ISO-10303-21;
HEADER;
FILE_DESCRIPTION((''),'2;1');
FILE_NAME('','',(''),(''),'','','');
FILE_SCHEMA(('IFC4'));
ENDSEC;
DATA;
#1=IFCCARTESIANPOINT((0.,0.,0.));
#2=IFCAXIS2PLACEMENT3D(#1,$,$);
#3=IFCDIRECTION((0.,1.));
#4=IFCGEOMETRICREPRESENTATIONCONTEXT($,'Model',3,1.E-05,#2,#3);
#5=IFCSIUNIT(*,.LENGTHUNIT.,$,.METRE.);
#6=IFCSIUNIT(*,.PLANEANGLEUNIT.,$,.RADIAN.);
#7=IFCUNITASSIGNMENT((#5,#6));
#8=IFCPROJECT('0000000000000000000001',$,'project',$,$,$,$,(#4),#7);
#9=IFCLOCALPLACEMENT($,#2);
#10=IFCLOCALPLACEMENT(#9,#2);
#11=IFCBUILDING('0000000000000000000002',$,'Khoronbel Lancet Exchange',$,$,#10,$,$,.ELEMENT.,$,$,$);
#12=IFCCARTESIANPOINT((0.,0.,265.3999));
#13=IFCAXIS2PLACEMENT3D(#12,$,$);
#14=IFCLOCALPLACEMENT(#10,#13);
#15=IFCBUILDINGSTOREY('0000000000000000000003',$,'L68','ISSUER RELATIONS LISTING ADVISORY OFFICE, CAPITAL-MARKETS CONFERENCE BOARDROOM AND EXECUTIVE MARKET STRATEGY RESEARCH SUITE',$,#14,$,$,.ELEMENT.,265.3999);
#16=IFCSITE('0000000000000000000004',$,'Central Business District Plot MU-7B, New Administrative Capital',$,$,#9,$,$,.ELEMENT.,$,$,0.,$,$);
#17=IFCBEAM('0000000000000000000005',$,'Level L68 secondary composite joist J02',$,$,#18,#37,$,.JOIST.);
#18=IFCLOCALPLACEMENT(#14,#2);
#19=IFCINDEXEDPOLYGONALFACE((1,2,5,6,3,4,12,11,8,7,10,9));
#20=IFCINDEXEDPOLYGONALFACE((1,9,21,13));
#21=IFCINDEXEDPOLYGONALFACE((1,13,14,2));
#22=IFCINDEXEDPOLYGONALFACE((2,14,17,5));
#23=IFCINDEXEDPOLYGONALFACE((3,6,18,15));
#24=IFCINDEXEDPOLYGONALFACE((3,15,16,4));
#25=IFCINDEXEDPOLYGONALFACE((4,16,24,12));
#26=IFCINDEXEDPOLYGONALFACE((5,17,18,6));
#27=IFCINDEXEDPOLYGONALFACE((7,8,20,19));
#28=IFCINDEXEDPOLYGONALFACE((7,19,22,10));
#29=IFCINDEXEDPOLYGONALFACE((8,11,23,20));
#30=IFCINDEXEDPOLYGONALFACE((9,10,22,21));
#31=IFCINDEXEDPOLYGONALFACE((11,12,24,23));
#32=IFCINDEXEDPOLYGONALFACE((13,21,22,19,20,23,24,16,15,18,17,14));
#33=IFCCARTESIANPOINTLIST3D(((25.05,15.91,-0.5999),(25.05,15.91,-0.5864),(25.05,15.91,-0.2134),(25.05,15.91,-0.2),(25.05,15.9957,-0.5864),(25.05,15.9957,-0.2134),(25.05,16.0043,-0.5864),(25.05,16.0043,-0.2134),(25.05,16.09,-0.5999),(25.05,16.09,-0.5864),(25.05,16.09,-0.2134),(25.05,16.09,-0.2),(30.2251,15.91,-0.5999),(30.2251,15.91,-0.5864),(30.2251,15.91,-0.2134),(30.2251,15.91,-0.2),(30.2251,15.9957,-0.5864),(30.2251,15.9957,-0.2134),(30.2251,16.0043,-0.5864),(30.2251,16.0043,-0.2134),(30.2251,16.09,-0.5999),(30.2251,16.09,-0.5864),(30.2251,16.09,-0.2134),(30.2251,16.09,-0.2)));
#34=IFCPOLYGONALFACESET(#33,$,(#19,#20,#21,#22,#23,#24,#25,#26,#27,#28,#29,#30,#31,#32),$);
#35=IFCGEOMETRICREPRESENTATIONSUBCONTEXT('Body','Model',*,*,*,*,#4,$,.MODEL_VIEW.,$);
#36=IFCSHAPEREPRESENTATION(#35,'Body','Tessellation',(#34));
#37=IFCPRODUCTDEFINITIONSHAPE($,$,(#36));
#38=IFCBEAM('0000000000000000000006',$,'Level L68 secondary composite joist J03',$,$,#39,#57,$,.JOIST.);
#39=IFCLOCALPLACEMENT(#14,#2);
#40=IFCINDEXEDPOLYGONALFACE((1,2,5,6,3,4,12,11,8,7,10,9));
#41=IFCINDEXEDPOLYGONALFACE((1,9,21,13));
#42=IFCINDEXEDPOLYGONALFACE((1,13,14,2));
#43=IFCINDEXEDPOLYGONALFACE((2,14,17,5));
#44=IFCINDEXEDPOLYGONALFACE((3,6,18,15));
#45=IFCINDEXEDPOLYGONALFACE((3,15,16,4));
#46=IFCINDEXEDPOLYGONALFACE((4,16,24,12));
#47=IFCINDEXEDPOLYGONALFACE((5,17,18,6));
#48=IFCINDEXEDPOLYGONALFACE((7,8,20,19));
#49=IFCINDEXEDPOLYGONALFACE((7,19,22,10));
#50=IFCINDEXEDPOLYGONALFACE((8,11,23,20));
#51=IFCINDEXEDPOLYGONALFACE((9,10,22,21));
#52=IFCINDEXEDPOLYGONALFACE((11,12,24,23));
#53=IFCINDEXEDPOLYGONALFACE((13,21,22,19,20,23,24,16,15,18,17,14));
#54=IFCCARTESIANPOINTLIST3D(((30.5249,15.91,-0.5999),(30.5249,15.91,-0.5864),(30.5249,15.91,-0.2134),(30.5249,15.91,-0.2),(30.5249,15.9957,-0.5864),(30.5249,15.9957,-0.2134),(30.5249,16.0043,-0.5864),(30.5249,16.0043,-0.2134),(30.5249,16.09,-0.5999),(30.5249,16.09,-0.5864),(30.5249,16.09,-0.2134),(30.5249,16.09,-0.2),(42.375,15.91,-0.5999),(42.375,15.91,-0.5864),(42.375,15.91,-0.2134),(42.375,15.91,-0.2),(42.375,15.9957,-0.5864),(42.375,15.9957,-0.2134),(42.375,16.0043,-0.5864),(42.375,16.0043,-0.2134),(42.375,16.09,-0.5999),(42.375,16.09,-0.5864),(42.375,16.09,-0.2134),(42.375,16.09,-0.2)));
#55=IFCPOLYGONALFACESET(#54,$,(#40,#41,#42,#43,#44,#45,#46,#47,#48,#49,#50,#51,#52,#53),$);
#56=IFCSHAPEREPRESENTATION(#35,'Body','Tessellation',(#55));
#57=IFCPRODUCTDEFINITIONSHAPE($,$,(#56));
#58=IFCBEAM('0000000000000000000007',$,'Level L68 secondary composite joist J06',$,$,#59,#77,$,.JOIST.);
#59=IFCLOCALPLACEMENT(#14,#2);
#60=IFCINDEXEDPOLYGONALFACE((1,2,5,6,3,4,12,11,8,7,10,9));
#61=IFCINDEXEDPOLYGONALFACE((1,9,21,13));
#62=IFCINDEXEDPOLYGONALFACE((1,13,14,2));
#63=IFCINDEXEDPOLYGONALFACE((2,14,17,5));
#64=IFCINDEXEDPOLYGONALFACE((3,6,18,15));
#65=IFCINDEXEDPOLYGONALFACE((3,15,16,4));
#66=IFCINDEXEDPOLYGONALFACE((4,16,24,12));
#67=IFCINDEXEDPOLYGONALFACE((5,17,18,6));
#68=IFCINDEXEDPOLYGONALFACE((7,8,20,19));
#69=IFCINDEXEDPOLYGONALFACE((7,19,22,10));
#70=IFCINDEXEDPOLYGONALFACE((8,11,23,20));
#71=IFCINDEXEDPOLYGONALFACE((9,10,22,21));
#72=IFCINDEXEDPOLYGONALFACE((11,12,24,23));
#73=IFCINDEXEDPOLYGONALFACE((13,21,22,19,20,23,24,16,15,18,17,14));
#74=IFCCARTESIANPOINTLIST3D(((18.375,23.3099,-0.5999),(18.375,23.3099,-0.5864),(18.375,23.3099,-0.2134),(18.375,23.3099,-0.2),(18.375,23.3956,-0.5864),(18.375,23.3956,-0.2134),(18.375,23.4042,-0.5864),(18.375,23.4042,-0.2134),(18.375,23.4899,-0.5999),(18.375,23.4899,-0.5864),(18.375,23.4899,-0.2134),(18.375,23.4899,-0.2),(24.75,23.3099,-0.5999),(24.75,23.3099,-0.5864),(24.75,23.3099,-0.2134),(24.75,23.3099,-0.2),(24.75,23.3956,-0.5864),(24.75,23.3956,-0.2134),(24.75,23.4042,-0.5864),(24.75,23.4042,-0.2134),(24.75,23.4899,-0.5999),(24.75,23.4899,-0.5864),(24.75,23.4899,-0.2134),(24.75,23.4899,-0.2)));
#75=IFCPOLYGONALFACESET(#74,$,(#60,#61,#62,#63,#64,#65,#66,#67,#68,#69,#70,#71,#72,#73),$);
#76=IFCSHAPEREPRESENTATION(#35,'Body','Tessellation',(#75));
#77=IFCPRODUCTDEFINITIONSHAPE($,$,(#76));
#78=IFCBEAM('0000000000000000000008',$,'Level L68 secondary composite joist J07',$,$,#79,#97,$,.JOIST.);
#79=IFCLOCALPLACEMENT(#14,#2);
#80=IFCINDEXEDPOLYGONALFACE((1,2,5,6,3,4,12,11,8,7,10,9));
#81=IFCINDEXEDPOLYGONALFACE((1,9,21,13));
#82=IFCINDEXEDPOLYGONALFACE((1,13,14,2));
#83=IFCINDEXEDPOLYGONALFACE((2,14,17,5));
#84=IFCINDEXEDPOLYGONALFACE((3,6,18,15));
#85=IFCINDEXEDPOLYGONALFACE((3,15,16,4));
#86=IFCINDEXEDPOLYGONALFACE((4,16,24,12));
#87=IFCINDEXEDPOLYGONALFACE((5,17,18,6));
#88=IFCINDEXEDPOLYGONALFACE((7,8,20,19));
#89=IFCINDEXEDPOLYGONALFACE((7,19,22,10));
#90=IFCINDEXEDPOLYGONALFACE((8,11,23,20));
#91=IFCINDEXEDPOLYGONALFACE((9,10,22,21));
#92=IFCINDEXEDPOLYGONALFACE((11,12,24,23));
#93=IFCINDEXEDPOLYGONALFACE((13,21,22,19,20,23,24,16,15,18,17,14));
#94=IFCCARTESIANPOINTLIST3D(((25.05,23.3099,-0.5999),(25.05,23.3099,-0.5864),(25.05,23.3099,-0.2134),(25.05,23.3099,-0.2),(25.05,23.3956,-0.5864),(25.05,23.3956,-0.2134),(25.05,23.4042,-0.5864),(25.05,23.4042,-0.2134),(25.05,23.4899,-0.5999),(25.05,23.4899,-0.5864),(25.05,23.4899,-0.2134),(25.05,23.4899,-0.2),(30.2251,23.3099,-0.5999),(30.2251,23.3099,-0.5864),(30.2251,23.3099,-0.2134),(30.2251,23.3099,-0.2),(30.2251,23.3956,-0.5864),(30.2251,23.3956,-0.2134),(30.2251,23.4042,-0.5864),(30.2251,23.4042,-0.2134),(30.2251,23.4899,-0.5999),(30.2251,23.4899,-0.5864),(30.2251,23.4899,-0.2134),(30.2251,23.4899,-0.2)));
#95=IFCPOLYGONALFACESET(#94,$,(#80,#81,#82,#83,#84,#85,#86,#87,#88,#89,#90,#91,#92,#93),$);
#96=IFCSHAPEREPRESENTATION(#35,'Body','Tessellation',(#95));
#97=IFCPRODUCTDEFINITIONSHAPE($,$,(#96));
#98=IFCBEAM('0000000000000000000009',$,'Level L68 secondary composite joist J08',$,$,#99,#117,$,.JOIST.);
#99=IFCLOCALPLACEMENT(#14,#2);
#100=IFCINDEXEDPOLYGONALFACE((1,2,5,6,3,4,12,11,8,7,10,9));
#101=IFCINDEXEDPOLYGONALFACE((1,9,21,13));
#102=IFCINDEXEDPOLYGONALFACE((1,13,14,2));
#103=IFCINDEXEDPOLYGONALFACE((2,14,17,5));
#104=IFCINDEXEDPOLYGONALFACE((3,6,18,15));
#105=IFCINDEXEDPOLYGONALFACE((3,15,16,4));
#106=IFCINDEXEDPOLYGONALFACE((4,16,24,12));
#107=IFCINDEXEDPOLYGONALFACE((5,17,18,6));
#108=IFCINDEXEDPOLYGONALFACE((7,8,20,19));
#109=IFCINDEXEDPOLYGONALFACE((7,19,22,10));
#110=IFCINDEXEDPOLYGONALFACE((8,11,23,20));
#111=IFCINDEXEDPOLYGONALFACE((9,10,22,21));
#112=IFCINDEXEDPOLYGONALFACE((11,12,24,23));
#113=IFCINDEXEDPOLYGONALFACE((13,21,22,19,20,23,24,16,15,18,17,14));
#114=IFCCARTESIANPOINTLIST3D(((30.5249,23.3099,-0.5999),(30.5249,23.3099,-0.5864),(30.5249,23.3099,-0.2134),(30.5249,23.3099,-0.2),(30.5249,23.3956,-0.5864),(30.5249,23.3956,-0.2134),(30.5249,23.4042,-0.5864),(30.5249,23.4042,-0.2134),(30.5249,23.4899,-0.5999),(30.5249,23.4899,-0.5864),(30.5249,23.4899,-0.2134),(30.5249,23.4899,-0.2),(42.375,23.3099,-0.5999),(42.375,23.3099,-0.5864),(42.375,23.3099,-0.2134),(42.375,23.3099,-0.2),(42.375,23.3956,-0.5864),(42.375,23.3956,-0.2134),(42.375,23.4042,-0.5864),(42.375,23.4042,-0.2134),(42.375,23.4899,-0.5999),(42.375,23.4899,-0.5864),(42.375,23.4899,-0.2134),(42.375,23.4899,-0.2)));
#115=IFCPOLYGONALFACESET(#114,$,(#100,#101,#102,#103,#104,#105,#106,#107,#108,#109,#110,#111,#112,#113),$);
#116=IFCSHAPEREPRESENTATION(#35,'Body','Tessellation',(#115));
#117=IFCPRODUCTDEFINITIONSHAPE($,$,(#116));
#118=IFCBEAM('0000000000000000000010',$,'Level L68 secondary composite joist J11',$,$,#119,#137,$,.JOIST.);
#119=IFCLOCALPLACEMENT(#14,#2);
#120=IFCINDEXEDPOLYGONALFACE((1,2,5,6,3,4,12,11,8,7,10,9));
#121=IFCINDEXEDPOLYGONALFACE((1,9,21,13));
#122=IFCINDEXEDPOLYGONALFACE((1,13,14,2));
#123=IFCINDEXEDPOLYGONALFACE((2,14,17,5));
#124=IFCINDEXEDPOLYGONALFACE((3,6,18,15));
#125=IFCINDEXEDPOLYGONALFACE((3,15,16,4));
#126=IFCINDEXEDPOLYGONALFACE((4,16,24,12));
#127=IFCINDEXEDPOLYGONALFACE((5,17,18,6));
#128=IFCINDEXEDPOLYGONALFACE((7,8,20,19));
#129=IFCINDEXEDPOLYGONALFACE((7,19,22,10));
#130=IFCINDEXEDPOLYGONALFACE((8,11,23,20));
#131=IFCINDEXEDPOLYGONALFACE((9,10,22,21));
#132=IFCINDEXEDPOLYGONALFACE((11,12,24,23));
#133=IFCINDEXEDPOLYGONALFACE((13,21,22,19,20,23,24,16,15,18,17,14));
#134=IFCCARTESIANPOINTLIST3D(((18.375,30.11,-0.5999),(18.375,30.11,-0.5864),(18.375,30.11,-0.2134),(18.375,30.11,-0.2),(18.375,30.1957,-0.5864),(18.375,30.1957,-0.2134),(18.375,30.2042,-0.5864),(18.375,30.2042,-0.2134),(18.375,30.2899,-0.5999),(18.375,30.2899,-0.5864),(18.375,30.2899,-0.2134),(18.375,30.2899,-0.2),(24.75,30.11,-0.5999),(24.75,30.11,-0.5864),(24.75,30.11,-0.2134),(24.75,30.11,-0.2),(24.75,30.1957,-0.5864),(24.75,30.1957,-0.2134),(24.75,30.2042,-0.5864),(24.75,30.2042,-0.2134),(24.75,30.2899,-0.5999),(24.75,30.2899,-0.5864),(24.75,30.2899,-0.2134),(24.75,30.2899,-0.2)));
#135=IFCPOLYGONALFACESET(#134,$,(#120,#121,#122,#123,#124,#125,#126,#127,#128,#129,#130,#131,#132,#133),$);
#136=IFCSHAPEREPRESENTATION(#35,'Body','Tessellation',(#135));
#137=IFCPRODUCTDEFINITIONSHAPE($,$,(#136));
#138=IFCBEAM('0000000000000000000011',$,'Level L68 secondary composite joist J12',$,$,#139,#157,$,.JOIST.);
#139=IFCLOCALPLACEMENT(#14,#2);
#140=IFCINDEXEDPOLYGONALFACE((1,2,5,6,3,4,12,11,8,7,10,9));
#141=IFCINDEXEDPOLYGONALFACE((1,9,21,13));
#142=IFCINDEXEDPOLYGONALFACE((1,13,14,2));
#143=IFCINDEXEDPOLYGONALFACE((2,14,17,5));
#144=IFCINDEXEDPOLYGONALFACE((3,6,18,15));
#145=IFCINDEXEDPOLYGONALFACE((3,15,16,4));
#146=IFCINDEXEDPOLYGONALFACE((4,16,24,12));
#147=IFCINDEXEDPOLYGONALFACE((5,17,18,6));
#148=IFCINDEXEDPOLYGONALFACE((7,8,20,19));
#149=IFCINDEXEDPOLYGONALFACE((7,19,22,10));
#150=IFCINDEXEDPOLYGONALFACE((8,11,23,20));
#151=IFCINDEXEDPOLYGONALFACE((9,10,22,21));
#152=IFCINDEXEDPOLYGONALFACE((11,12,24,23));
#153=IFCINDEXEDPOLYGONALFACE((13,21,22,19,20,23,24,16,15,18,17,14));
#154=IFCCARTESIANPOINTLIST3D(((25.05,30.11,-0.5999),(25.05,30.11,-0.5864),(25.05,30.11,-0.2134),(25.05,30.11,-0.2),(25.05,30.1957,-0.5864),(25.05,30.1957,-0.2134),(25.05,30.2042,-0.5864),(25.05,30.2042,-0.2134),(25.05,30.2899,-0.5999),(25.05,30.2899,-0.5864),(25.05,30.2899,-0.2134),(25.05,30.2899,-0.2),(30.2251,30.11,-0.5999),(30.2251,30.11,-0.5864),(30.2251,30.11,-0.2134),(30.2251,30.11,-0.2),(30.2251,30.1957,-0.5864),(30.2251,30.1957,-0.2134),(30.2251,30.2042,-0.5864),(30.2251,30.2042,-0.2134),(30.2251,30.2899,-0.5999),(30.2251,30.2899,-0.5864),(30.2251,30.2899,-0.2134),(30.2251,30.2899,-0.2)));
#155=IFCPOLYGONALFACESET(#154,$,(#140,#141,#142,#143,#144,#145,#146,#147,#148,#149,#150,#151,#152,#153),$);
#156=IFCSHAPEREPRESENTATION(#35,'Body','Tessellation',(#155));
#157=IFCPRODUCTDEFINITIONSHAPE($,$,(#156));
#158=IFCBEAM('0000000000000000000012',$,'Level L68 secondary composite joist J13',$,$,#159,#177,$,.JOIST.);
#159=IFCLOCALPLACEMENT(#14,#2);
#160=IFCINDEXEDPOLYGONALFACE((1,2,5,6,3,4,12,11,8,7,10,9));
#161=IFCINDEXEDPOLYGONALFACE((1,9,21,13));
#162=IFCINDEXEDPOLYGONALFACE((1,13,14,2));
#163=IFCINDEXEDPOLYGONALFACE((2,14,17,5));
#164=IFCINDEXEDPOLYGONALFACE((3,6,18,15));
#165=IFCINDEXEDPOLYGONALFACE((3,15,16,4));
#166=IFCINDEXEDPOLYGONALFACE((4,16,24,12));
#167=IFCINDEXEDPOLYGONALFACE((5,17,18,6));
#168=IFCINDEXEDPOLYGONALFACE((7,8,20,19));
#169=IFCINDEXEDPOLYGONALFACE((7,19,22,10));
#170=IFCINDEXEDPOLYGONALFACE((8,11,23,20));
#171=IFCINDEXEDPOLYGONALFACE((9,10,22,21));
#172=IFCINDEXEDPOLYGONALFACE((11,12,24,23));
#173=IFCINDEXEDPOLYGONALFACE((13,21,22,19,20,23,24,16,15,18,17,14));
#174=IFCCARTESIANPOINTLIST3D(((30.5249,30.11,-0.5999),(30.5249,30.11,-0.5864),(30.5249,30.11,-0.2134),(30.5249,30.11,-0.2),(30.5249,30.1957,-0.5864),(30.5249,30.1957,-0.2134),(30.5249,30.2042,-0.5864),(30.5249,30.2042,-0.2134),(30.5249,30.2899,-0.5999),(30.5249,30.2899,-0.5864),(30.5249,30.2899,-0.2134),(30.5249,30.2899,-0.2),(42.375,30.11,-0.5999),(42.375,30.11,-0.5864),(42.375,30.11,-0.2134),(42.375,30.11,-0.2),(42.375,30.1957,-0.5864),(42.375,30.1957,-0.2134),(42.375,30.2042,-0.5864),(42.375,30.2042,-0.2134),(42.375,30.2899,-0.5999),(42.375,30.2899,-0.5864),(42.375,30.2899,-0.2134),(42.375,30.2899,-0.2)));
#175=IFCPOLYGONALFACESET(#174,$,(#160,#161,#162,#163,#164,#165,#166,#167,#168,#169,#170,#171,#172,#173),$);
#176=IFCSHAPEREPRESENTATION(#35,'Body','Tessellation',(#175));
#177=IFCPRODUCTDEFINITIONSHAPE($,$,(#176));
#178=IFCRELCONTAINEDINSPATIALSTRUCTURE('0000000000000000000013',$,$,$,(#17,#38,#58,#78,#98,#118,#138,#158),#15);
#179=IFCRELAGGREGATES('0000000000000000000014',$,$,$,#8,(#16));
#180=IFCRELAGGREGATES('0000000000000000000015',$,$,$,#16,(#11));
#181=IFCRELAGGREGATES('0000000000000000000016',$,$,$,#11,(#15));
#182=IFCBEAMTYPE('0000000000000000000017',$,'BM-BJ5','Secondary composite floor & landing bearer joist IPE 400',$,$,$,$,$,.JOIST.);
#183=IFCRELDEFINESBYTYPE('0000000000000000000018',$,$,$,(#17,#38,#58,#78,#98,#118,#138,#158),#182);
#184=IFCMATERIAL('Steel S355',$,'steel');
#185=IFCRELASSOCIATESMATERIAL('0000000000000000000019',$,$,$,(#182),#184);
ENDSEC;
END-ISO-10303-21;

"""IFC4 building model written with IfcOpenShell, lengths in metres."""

from ifc_helpers import new_model, si_unit, direction, frame, origin, origin_2d, place, context, subcontext, project, spatial, i_section, extrude, material, material_profile, profile_set, type_object, element, save


model = new_model("IFC4")

# Units and contexts
model_context = context("Model", 3, precision=1e-05, world=origin(), true_north=direction((0.0, 1.0)))
body_context = subcontext(model_context, "Body", "Model", "MODEL_VIEW")
ifc_project = project(units=[si_unit("LENGTHUNIT", "METRE"), si_unit("PLANEANGLEUNIT", "RADIAN")], contexts=[model_context])

# Site, building, storey
site_placement = place(None, origin())
site = spatial("IfcSite", under=ifc_project, at=site_placement, Name="Central Business District Plot MU-7B, New Administrative Capital", CompositionType="ELEMENT", RefElevation=0.0)
building_placement = place(site_placement, origin())
building = spatial("IfcBuilding", under=site, at=building_placement, Name="Khoronbel Lancet Exchange", CompositionType="ELEMENT")
storey_placement = place(building_placement, frame((0.0, 0.0, 265.3999)))
storey = spatial("IfcBuildingStorey", under=building, at=storey_placement, Name="L68", Description="ISSUER RELATIONS LISTING ADVISORY OFFICE, CAPITAL-MARKETS CONFERENCE BOARDROOM AND EXECUTIVE MARKET STRATEGY RESEARCH SUITE", CompositionType="ELEMENT", Elevation=265.3999)

# Shared definitions
ifc_material_1 = material(Name="Steel S355", Category="steel")

# Beams
ifc_material_profile_1 = material_profile(ifc_material_1, i_section(OverallWidth=0.1799, OverallDepth=0.3999, WebThickness=0.0085, FlangeThickness=0.0134, at=origin_2d()), Name="IPE 400")
ifc_profile_set_1 = profile_set([ifc_material_profile_1], Name="Steel S355")
beam_type_1 = type_object("IfcBeamType", Name="BM-BJ5", Description="Secondary composite floor & landing bearer joist IPE 400", PredefinedType="JOIST", material=ifc_profile_set_1)
beam_1_placement = place(storey_placement, frame((25.05, 16.0, -0.3999), z_axis=(1.0, 0.0, 0.0), x_axis=(0.0, 1.0, 0.0)))
element("IfcBeam", 1, at=beam_1_placement, inside=storey, type_object=beam_type_1, Name="Level L68 secondary composite joist J02", PredefinedType="JOIST", context=body_context, shape_type="SweptSolid", body=[
    extrude(i_section(OverallWidth=0.1799, OverallDepth=0.3999, WebThickness=0.0085, FlangeThickness=0.0134, at=origin_2d()), origin(), (0.0, 0.0, 1.0), 5.175),
])
beam_2_placement = place(storey_placement, frame((30.5249, 16.0, -0.3999), z_axis=(1.0, 0.0, 0.0), x_axis=(0.0, 1.0, 0.0)))
element("IfcBeam", 2, at=beam_2_placement, inside=storey, type_object=beam_type_1, Name="Level L68 secondary composite joist J03", PredefinedType="JOIST", context=body_context, shape_type="SweptSolid", body=[
    extrude(i_section(OverallWidth=0.1799, OverallDepth=0.3999, WebThickness=0.0085, FlangeThickness=0.0134, at=origin_2d()), origin(), (0.0, 0.0, 1.0), 11.8501),
])
beam_3_placement = place(storey_placement, frame((18.375, 23.3999, -0.3999), z_axis=(1.0, 0.0, 0.0), x_axis=(0.0, 1.0, 0.0)))
element("IfcBeam", 3, at=beam_3_placement, inside=storey, type_object=beam_type_1, Name="Level L68 secondary composite joist J06", PredefinedType="JOIST", context=body_context, shape_type="SweptSolid", body=[
    extrude(i_section(OverallWidth=0.1799, OverallDepth=0.3999, WebThickness=0.0085, FlangeThickness=0.0134, at=origin_2d()), origin(), (0.0, 0.0, 1.0), 6.375),
])
beam_4_placement = place(storey_placement, frame((25.05, 23.3999, -0.3999), z_axis=(1.0, 0.0, 0.0), x_axis=(0.0, 1.0, 0.0)))
element("IfcBeam", 4, at=beam_4_placement, inside=storey, type_object=beam_type_1, Name="Level L68 secondary composite joist J07", PredefinedType="JOIST", context=body_context, shape_type="SweptSolid", body=[
    extrude(i_section(OverallWidth=0.1799, OverallDepth=0.3999, WebThickness=0.0085, FlangeThickness=0.0134, at=origin_2d()), origin(), (0.0, 0.0, 1.0), 5.175),
])
beam_5_placement = place(storey_placement, frame((30.5249, 23.3999, -0.3999), z_axis=(1.0, 0.0, 0.0), x_axis=(0.0, 1.0, 0.0)))
element("IfcBeam", 5, at=beam_5_placement, inside=storey, type_object=beam_type_1, Name="Level L68 secondary composite joist J08", PredefinedType="JOIST", context=body_context, shape_type="SweptSolid", body=[
    extrude(i_section(OverallWidth=0.1799, OverallDepth=0.3999, WebThickness=0.0085, FlangeThickness=0.0134, at=origin_2d()), origin(), (0.0, 0.0, 1.0), 11.8501),
])
beam_6_placement = place(storey_placement, frame((18.375, 30.2, -0.3999), z_axis=(1.0, 0.0, 0.0), x_axis=(0.0, 1.0, 0.0)))
element("IfcBeam", 6, at=beam_6_placement, inside=storey, type_object=beam_type_1, Name="Level L68 secondary composite joist J11", PredefinedType="JOIST", context=body_context, shape_type="SweptSolid", body=[
    extrude(i_section(OverallWidth=0.1799, OverallDepth=0.3999, WebThickness=0.0085, FlangeThickness=0.0134, at=origin_2d()), origin(), (0.0, 0.0, 1.0), 6.375),
])
beam_7_placement = place(storey_placement, frame((25.05, 30.2, -0.3999), z_axis=(1.0, 0.0, 0.0), x_axis=(0.0, 1.0, 0.0)))
element("IfcBeam", 7, at=beam_7_placement, inside=storey, type_object=beam_type_1, Name="Level L68 secondary composite joist J12", PredefinedType="JOIST", context=body_context, shape_type="SweptSolid", body=[
    extrude(i_section(OverallWidth=0.1799, OverallDepth=0.3999, WebThickness=0.0085, FlangeThickness=0.0134, at=origin_2d()), origin(), (0.0, 0.0, 1.0), 5.175),
])
beam_8_placement = place(storey_placement, frame((30.5249, 30.2, -0.3999), z_axis=(1.0, 0.0, 0.0), x_axis=(0.0, 1.0, 0.0)))
element("IfcBeam", 8, at=beam_8_placement, inside=storey, type_object=beam_type_1, Name="Level L68 secondary composite joist J13", PredefinedType="JOIST", context=body_context, shape_type="SweptSolid", body=[
    extrude(i_section(OverallWidth=0.1799, OverallDepth=0.3999, WebThickness=0.0085, FlangeThickness=0.0134, at=origin_2d()), origin(), (0.0, 0.0, 1.0), 11.8501),
])

save(model, "model.ifc")
